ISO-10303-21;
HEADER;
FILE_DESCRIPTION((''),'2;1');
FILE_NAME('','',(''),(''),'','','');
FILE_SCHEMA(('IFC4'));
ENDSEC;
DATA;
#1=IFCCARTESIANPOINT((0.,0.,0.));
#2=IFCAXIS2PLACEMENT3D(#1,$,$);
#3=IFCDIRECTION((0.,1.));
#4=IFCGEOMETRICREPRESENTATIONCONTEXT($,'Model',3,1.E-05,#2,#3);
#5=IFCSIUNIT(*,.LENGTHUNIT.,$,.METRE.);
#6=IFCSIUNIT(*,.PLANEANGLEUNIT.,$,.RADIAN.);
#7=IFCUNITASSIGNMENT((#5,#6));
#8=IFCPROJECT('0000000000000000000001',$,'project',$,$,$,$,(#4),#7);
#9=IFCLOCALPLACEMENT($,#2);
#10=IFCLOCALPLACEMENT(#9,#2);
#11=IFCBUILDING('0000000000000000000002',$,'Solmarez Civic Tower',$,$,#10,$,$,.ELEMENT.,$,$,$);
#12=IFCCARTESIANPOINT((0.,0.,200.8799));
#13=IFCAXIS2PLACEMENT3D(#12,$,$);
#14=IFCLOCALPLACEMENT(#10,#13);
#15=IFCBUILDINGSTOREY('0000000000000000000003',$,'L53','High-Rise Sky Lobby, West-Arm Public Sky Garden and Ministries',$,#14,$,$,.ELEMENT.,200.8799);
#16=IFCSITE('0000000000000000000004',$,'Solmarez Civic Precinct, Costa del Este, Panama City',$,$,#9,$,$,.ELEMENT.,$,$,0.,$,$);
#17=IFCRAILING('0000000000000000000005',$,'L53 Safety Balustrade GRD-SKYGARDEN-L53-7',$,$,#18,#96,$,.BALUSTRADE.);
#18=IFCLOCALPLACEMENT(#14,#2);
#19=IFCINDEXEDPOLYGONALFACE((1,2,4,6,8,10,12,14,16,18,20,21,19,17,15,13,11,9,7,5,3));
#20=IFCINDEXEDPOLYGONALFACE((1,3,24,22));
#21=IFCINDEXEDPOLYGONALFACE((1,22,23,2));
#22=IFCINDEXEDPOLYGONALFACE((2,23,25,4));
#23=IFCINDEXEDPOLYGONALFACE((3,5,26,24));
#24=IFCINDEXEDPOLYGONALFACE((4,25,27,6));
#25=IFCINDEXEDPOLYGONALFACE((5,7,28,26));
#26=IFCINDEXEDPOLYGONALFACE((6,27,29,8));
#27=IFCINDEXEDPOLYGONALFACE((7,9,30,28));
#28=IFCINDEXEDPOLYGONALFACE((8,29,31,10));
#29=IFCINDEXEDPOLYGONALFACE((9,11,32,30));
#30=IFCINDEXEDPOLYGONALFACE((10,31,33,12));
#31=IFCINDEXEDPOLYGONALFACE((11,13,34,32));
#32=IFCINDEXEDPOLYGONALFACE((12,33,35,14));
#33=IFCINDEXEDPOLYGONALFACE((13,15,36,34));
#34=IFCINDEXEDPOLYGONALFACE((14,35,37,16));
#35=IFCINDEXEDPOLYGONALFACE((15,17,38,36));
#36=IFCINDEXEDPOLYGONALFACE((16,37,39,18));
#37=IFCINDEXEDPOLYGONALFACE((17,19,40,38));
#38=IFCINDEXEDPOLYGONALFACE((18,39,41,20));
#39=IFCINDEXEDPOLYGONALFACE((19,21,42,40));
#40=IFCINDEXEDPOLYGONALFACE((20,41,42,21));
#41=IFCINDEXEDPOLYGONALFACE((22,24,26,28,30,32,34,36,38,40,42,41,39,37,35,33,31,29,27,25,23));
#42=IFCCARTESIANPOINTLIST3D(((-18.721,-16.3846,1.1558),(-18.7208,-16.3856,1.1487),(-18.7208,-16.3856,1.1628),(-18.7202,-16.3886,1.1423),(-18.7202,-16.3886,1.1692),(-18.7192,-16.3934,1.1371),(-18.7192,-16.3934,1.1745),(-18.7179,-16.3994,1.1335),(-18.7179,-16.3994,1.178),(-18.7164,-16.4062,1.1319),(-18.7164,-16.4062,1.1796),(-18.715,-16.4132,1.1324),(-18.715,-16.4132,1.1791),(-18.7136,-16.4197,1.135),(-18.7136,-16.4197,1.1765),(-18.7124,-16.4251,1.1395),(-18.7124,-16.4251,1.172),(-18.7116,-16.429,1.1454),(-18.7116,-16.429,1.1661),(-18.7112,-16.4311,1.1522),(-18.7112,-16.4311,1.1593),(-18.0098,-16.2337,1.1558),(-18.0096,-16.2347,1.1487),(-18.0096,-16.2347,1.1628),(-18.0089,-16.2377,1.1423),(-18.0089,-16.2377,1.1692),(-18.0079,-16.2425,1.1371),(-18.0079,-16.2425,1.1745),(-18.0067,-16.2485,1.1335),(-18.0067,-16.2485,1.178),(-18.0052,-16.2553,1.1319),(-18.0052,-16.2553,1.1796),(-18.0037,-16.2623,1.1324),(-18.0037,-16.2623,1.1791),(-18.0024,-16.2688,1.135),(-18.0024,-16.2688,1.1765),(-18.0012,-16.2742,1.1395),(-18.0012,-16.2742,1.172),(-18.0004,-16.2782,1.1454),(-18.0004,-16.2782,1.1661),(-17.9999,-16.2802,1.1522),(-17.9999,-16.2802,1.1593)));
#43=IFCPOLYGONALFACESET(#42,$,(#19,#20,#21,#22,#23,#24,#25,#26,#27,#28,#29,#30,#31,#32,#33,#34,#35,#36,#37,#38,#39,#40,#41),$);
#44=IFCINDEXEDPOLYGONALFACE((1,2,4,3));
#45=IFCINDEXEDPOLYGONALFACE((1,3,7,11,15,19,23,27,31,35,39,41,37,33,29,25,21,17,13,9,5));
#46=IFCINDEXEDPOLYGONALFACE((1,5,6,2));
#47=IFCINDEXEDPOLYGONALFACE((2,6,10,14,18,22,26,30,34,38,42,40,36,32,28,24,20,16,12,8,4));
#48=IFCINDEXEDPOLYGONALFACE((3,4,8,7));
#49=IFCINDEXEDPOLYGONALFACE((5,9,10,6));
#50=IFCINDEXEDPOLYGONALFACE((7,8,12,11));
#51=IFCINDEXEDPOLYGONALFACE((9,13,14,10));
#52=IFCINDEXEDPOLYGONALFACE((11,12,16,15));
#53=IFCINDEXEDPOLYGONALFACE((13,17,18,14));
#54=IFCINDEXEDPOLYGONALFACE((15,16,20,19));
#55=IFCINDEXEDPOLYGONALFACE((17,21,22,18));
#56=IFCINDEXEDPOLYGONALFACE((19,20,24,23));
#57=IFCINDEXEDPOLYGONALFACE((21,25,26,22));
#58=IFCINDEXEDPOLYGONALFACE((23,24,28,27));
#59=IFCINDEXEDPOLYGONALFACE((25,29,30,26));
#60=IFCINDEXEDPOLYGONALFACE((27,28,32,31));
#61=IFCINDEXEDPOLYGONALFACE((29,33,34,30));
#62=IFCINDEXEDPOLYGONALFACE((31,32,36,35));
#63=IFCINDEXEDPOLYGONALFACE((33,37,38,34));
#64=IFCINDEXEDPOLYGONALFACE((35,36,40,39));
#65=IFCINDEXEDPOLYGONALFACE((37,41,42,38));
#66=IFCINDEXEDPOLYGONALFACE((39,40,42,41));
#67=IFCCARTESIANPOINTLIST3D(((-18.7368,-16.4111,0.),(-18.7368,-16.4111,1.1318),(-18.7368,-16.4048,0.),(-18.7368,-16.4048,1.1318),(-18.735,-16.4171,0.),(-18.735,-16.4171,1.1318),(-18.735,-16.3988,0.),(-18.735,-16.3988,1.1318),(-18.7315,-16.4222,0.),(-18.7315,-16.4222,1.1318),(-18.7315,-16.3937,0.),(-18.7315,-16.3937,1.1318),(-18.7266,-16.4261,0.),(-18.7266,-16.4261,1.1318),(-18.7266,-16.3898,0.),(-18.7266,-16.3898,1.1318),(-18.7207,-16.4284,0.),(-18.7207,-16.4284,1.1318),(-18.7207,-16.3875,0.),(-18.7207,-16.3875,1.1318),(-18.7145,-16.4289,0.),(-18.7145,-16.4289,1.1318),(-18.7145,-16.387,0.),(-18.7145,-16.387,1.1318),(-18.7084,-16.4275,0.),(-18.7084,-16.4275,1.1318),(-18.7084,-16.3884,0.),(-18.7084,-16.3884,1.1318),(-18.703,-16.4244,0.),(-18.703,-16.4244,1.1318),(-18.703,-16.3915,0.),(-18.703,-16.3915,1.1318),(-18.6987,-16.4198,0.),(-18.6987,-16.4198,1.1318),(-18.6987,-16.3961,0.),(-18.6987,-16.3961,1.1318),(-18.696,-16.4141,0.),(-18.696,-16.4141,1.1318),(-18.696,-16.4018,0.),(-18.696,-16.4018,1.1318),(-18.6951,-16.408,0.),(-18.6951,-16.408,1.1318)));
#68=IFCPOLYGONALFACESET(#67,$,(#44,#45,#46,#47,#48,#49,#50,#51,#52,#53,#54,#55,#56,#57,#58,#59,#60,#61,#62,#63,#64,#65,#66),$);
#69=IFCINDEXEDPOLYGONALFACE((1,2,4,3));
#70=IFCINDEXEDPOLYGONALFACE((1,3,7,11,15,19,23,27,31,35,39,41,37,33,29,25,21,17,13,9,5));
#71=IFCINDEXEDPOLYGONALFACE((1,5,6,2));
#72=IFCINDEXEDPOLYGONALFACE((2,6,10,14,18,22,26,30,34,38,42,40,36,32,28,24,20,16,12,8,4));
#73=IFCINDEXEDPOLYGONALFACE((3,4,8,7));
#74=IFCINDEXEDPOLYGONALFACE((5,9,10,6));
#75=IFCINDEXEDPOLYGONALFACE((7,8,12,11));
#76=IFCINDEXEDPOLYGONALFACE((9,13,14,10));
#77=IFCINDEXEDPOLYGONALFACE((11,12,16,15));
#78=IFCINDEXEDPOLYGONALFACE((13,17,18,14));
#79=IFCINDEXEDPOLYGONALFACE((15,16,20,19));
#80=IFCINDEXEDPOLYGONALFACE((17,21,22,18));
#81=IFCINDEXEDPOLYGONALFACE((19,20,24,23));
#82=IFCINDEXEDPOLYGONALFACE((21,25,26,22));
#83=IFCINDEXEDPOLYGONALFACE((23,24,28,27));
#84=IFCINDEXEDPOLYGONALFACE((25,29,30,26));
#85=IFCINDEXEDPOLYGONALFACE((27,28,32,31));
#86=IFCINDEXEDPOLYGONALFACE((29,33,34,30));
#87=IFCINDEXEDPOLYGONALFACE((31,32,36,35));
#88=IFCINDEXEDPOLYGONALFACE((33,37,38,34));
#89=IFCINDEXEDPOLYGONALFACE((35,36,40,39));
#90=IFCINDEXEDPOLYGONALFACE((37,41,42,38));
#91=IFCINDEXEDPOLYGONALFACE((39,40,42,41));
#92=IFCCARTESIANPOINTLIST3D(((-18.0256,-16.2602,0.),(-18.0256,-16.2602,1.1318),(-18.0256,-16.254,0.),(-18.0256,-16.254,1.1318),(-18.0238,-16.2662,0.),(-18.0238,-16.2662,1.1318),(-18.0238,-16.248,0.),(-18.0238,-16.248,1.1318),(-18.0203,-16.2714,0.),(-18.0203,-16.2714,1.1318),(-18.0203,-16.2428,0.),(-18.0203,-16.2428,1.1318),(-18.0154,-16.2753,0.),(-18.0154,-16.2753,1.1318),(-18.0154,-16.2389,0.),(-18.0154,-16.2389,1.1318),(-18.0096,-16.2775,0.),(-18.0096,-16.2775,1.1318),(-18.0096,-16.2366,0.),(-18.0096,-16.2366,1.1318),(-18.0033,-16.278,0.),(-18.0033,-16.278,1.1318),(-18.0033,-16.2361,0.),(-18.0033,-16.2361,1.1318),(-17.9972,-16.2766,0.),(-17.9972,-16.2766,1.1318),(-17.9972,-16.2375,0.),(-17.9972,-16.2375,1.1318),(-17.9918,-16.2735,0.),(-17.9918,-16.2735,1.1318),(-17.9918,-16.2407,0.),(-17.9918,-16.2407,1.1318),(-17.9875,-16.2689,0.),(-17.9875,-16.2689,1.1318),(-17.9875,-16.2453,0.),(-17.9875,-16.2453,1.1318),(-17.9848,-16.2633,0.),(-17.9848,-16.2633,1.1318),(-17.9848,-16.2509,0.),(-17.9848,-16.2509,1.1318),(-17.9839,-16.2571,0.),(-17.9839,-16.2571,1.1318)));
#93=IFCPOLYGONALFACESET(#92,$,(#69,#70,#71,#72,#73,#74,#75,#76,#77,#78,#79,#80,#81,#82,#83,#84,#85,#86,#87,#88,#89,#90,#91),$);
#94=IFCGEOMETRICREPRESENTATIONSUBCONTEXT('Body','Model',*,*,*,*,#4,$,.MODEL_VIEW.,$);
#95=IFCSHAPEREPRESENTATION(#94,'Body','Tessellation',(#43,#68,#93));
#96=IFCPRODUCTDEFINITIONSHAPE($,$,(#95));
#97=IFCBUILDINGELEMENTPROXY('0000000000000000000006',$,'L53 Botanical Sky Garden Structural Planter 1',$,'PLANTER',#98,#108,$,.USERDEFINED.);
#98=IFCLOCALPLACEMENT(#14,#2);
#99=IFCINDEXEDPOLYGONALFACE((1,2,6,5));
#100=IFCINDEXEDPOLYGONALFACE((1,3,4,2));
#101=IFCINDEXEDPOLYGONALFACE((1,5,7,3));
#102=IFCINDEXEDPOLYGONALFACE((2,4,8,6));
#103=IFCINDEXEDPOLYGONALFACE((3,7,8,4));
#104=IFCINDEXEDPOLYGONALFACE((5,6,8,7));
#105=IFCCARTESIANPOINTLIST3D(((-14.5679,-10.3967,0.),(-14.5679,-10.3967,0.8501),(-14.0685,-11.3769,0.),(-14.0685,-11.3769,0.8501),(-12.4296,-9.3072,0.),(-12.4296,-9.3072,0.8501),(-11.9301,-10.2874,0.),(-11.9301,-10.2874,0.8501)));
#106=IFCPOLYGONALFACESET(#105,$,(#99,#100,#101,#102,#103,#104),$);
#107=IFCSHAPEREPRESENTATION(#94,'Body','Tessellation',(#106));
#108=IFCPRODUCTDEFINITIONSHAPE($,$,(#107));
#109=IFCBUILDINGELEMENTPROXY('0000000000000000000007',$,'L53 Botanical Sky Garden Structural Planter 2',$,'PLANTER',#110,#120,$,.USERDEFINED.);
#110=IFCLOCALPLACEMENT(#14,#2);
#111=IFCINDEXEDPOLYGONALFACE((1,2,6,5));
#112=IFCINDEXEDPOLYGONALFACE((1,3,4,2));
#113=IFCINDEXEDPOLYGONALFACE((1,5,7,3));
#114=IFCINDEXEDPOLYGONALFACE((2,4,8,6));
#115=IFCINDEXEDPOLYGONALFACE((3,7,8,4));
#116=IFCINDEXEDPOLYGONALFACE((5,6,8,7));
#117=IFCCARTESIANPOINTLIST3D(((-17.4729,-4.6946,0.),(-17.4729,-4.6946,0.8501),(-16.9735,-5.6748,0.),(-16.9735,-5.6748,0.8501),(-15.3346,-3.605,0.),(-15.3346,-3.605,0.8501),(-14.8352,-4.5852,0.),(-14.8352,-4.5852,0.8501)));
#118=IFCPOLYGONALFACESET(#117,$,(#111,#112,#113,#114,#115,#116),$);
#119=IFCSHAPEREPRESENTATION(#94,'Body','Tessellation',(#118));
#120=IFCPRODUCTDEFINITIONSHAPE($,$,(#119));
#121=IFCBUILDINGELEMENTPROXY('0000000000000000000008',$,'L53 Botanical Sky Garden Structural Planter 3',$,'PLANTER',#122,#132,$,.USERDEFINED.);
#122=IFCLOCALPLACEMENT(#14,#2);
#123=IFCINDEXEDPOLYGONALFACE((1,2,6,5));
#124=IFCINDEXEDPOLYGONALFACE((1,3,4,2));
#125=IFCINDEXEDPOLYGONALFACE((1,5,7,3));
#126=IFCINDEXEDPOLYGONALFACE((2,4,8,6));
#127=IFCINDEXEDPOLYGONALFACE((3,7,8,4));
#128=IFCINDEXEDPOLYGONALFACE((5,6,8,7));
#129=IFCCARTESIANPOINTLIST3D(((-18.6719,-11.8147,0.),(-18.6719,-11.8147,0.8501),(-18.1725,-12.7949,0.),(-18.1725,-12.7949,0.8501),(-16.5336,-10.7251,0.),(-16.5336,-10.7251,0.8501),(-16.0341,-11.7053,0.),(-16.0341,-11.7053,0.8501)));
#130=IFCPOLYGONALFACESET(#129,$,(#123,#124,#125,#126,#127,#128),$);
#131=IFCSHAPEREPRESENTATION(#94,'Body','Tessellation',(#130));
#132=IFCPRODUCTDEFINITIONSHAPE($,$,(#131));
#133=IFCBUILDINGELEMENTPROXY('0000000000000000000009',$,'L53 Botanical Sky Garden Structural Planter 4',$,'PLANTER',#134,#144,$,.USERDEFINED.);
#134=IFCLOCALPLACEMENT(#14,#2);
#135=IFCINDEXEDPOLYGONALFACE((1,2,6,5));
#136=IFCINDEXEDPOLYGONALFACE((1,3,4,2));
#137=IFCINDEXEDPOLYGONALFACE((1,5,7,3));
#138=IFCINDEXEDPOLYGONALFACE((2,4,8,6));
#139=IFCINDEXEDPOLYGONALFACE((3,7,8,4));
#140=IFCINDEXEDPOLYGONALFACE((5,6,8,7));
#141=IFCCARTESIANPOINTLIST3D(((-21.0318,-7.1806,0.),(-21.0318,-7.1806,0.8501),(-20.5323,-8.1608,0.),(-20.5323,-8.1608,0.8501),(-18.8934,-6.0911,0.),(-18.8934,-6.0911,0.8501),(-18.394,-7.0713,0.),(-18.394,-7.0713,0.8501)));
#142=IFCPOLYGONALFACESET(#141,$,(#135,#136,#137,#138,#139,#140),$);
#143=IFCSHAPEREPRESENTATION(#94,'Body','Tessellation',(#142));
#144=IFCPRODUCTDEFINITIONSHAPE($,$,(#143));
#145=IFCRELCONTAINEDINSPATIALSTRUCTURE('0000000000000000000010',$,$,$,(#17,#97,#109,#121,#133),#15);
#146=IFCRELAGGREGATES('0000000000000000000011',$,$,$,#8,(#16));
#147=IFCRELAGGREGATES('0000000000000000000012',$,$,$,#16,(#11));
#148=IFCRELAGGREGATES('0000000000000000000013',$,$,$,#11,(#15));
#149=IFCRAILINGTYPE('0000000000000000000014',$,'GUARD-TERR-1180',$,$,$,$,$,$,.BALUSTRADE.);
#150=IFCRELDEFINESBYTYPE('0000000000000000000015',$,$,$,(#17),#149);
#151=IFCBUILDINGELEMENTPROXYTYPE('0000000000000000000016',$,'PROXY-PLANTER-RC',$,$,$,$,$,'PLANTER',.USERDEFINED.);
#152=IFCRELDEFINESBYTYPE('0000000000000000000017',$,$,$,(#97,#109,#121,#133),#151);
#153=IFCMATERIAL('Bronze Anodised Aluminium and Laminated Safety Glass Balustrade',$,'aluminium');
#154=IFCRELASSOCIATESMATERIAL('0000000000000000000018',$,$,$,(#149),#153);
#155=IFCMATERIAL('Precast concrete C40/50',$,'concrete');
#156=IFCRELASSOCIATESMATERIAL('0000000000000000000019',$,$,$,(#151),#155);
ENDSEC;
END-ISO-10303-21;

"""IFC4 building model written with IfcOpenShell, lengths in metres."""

from ifc_helpers import new_model, si_unit, direction, frame, origin, origin_2d, place, context, subcontext, project, spatial, rectangle, circle, extrude, material, type_object, element, save


model = new_model("IFC4")

# Units and contexts
model_context = context("Model", 3, precision=1e-05, world=origin(), true_north=direction((0.0, 1.0)))
body_context = subcontext(model_context, "Body", "Model", "MODEL_VIEW")
ifc_project = project(units=[si_unit("LENGTHUNIT", "METRE"), si_unit("PLANEANGLEUNIT", "RADIAN")], contexts=[model_context])

# Site, building, storey
site_placement = place(None, origin())
site = spatial("IfcSite", under=ifc_project, at=site_placement, Name="Solmarez Civic Precinct, Costa del Este, Panama City", CompositionType="ELEMENT", RefElevation=0.0)
building_placement = place(site_placement, origin())
building = spatial("IfcBuilding", under=site, at=building_placement, Name="Solmarez Civic Tower", CompositionType="ELEMENT")
storey_placement = place(building_placement, frame((0.0, 0.0, 200.8799)))
storey = spatial("IfcBuildingStorey", under=building, at=storey_placement, Name="L53", Description="High-Rise Sky Lobby, West-Arm Public Sky Garden and Ministries", CompositionType="ELEMENT", Elevation=200.8799)

# Railing
ifc_material_1 = material(Name="Bronze Anodised Aluminium and Laminated Safety Glass Balustrade", Category="aluminium")
railing_type = type_object("IfcRailingType", Name="GUARD-TERR-1180", PredefinedType="BALUSTRADE", material=ifc_material_1)
railing_1_placement = place(storey_placement, frame((-18.7161, -16.408, 0.0)))
element("IfcRailing", 1, at=railing_1_placement, inside=storey, type_object=railing_type, Name="L53 Safety Balustrade GRD-SKYGARDEN-L53-7", PredefinedType="BALUSTRADE", context=body_context, shape_type="SweptSolid", body=[
    extrude(circle(Radius=0.0239, at=origin_2d()), frame((0.0, 0.0, 1.1558), z_axis=(0.978228, 0.207533, 0.0), x_axis=(-0.207533, 0.978228, 0.0)), (0.0, 0.0, 1.0), 0.7271),
    extrude(circle(Radius=0.021, at=origin_2d()), origin(), (0.0, 0.0, 1.0), 1.1318),
    extrude(circle(Radius=0.021, at=origin_2d()), frame((0.7112, 0.1509, 0.0)), (0.0, 0.0, 1.0), 1.1318),
])

# Building element proxies
ifc_material_2 = material(Name="Precast concrete C40/50", Category="concrete")
building_element_proxy_type = type_object("IfcBuildingElementProxyType", Name="PROXY-PLANTER-RC", ElementType="PLANTER", PredefinedType="USERDEFINED", material=ifc_material_2)
for number, where, z_axis, x_axis, name in (
    (2, (-13.249, -10.342, 0.0), (0.0, 0.0, 1.0), (0.891007, 0.45399, 0.0), "L53 Botanical Sky Garden Structural Planter 1"),
    (3, (-16.1541, -4.6399, 0.0), (0.0, 0.0, 1.0), (0.891007, 0.45399, 0.0), "L53 Botanical Sky Garden Structural Planter 2"),
    (4, (-17.353, -11.76, 0.0), (0.0, 0.0, 1.0), (0.891007, 0.45399, 0.0), "L53 Botanical Sky Garden Structural Planter 3"),
    (5, (-19.7129, -7.126, 0.0), (0.0, 0.0, 1.0), (0.891007, 0.45399, 0.0), "L53 Botanical Sky Garden Structural Planter 4"),
):
    element("IfcBuildingElementProxy", number, at=place(storey_placement, frame(where, z_axis=z_axis, x_axis=x_axis)), inside=storey, type_object=building_element_proxy_type, Name=name, ObjectType="PLANTER", PredefinedType="USERDEFINED", context=body_context, shape_type="SweptSolid", body=[
        extrude(rectangle(XDim=2.3999, YDim=1.1001, at=origin_2d()), origin(), (0.0, 0.0, 1.0), 0.8501),
    ])

save(model, "model.ifc")
